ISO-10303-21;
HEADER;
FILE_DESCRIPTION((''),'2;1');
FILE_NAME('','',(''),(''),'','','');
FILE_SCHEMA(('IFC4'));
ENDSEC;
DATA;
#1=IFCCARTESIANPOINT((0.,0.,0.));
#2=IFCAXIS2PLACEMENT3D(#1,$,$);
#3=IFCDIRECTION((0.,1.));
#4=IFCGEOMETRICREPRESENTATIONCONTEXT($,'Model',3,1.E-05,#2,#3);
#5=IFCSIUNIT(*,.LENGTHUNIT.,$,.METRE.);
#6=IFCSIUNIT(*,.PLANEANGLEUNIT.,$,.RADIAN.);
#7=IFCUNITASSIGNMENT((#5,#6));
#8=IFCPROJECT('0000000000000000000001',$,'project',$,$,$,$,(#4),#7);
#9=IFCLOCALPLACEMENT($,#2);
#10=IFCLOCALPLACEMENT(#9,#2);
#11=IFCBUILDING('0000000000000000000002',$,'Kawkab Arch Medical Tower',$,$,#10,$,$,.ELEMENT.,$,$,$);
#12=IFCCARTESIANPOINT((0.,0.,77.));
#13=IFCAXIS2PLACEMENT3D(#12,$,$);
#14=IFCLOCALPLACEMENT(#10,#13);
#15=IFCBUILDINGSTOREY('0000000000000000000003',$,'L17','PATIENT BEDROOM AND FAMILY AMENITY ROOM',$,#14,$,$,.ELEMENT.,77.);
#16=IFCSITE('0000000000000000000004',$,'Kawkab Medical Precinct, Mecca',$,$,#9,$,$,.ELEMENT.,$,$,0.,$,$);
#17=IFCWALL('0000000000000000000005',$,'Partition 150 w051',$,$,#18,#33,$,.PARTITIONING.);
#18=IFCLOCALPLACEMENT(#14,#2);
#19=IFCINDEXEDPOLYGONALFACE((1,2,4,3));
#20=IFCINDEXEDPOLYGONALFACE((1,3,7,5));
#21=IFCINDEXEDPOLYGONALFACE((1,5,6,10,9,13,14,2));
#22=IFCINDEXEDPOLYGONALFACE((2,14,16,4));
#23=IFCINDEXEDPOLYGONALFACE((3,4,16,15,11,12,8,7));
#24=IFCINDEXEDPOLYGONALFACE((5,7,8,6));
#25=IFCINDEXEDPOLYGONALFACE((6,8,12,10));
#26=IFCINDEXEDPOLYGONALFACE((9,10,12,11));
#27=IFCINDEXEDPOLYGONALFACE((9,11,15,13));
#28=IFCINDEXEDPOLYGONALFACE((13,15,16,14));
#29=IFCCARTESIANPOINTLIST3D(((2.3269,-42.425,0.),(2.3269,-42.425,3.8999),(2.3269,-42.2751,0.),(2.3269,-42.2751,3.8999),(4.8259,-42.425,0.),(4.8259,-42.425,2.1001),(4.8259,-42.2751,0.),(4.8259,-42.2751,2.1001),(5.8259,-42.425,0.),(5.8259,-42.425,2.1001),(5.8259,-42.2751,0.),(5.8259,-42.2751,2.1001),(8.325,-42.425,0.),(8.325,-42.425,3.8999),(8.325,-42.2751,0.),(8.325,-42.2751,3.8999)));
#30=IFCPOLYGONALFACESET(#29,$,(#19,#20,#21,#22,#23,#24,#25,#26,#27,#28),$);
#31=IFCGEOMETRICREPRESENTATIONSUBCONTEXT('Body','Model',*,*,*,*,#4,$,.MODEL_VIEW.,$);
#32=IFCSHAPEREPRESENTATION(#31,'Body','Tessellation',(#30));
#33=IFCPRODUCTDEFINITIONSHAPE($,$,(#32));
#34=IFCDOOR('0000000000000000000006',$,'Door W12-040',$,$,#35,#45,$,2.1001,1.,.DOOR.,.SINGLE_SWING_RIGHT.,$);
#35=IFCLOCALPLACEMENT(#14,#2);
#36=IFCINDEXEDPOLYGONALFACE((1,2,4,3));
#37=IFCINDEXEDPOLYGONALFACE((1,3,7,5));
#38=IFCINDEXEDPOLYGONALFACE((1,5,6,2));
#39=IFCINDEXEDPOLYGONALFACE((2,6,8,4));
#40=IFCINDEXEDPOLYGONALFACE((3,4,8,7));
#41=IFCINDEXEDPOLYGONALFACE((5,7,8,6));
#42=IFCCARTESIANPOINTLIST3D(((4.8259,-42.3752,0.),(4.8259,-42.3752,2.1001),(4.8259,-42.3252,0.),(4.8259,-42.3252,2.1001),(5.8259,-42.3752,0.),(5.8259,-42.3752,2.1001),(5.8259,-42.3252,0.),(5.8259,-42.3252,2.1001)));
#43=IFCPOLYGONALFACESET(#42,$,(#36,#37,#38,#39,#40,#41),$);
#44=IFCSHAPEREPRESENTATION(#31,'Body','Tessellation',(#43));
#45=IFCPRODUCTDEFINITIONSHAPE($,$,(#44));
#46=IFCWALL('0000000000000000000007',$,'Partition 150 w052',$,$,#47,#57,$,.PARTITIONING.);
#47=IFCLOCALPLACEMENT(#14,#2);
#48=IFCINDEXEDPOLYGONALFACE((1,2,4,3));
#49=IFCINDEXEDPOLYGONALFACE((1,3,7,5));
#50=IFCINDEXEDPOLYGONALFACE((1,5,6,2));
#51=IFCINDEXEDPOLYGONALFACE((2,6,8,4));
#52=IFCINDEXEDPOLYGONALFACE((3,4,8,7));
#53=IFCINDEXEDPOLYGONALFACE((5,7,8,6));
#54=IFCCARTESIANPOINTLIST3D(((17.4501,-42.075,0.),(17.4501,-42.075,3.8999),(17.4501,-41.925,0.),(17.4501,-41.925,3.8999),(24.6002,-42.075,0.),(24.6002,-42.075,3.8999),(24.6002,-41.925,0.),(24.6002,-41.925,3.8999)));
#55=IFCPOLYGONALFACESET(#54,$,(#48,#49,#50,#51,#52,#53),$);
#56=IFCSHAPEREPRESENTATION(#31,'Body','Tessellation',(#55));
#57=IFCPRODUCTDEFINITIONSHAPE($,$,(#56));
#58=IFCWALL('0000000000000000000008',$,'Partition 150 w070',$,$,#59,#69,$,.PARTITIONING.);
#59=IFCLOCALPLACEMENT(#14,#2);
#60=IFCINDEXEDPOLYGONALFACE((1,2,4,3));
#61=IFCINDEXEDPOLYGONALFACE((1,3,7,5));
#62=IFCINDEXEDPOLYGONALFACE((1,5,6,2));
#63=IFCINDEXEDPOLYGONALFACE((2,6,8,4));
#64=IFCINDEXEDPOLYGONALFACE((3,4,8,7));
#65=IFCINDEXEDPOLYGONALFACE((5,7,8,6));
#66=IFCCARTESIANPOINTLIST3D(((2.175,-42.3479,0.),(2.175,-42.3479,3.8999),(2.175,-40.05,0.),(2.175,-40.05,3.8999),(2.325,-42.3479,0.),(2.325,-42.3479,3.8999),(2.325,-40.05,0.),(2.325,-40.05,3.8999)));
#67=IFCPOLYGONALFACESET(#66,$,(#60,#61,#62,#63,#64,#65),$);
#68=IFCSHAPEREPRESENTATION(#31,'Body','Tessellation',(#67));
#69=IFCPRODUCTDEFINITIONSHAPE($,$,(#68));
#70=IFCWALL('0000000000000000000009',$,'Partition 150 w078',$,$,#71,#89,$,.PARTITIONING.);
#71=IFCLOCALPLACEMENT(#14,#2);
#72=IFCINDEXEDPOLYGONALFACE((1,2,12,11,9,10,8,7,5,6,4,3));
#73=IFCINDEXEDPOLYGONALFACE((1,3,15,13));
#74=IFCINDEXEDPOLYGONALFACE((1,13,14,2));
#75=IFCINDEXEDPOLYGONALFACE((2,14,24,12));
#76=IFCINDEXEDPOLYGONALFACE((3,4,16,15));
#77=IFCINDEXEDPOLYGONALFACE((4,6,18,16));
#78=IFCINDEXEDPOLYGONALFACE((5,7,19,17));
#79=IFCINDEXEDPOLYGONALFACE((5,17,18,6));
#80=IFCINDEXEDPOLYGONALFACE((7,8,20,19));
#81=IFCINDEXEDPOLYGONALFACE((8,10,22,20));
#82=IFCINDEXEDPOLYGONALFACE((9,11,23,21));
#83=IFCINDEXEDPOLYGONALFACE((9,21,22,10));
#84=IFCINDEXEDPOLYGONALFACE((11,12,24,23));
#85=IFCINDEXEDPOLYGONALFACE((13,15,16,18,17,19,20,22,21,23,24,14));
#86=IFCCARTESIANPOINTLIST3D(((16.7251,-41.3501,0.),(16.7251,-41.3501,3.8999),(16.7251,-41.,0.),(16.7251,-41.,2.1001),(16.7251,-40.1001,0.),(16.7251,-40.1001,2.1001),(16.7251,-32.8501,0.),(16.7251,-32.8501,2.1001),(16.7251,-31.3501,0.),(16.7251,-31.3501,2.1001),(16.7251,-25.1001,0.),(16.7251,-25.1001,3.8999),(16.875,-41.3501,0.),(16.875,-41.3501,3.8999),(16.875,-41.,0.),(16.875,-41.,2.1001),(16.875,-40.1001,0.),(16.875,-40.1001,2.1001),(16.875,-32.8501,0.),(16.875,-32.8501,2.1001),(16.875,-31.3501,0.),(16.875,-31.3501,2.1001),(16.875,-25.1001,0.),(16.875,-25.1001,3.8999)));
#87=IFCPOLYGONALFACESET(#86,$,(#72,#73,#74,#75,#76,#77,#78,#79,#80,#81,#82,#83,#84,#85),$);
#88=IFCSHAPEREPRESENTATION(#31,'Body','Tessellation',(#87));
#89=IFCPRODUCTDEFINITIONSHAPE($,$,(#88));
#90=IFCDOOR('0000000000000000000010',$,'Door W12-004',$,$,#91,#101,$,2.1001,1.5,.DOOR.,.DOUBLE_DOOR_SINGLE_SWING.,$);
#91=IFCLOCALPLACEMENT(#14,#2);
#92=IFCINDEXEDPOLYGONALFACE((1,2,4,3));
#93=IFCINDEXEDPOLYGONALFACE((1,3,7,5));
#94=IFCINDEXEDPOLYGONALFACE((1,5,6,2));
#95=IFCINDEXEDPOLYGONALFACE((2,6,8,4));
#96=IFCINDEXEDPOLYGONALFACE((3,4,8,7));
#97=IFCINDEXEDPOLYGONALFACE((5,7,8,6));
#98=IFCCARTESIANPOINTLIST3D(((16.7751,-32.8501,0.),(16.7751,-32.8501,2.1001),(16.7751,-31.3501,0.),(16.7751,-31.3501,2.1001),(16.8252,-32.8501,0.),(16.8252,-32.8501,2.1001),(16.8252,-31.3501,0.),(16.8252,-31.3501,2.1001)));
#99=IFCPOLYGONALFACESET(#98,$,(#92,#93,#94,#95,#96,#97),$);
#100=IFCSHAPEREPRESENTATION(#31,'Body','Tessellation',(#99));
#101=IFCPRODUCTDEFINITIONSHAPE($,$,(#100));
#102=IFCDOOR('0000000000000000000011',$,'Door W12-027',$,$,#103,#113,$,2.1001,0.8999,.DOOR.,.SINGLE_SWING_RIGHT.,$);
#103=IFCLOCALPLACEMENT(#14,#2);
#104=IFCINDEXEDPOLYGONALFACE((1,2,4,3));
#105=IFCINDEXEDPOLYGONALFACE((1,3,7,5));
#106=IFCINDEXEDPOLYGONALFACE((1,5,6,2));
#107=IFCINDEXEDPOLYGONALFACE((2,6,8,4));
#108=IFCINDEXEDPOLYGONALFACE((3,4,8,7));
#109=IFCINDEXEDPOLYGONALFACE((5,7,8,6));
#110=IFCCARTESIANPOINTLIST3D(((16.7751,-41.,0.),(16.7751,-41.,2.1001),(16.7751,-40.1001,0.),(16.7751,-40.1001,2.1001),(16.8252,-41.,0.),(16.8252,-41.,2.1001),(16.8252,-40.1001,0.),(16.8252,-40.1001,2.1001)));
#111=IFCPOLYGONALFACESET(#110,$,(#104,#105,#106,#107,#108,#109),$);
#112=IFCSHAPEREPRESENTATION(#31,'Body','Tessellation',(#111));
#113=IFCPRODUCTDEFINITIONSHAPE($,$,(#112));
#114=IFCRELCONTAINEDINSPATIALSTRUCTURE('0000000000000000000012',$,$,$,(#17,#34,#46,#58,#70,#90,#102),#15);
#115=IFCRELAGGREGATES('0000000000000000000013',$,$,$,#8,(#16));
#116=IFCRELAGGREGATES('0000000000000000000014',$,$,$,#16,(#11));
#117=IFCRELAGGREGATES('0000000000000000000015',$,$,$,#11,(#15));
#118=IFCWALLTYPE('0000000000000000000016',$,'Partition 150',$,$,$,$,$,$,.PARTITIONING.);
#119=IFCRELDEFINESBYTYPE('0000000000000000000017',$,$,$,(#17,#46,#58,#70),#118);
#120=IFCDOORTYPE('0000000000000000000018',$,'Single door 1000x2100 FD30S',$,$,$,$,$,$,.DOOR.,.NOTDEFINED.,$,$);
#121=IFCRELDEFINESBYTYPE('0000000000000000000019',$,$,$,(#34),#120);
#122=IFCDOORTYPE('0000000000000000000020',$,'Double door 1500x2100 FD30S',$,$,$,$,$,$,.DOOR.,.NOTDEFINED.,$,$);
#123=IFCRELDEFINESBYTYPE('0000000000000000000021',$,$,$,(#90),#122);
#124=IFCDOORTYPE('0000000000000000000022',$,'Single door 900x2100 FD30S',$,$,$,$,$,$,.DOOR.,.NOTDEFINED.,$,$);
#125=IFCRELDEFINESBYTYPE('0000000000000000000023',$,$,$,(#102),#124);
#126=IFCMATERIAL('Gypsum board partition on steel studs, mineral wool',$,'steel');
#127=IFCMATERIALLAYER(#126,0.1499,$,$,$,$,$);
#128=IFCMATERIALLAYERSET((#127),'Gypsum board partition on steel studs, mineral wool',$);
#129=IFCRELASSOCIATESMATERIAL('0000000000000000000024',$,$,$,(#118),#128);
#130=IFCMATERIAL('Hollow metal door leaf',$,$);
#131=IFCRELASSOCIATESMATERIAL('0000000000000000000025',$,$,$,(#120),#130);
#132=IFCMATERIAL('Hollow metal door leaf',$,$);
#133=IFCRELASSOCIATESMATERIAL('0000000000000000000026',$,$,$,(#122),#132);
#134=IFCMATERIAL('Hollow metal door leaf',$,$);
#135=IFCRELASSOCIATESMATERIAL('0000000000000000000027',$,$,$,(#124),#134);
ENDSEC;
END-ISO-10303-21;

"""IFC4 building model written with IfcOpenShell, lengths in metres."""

from ifc_helpers import new_model, si_unit, direction, frame, frame_2d, origin, place, context, subcontext, project, spatial, rectangle, extrude, material, layer, layer_set, type_object, element, fill, save


model = new_model("IFC4")

# Units and contexts
model_context = context("Model", 3, precision=1e-05, world=origin(), true_north=direction((0.0, 1.0)))
body_context = subcontext(model_context, "Body", "Model", "MODEL_VIEW")
ifc_project = project(units=[si_unit("LENGTHUNIT", "METRE"), si_unit("PLANEANGLEUNIT", "RADIAN")], contexts=[model_context])

# Site, building, storey
site_placement = place(None, origin())
site = spatial("IfcSite", under=ifc_project, at=site_placement, Name="Kawkab Medical Precinct, Mecca", CompositionType="ELEMENT", RefElevation=0.0)
building_placement = place(site_placement, origin())
building = spatial("IfcBuilding", under=site, at=building_placement, Name="Kawkab Arch Medical Tower", CompositionType="ELEMENT")
storey_placement = place(building_placement, frame((0.0, 0.0, 77.0)))
storey = spatial("IfcBuildingStorey", under=building, at=storey_placement, Name="L17", Description="PATIENT BEDROOM AND FAMILY AMENITY ROOM", CompositionType="ELEMENT", Elevation=77.0)

# Shared definitions
ifc_material_1 = material(Name="Gypsum board partition on steel studs, mineral wool", Category="steel")
ifc_layer_1 = layer(ifc_material_1, 0.1499)
ifc_layer_set_1 = layer_set([ifc_layer_1], Name="Gypsum board partition on steel studs, mineral wool")
wall_type_1 = type_object("IfcWallType", Name="Partition 150", PredefinedType="PARTITIONING", material=ifc_layer_set_1)

# Wall, opening, door
wall_1_placement = place(storey_placement, frame((2.3269, -42.3501, 0.0), z_axis=(0.0, 0.0, 1.0), x_axis=(1.0, 0.0, 0.0)))
wall_1 = element("IfcWall", 1, at=wall_1_placement, inside=storey, type_object=wall_type_1, Name="Partition 150 w051", PredefinedType="PARTITIONING", context=body_context, shape_type="SweptSolid", body=[
    extrude(rectangle(XDim=5.998, YDim=0.1499, at=frame_2d((2.999, 0.0))), origin(), (0.0, 0.0, 1.0), 3.8999),
])
opening_1_placement = place(wall_1_placement, frame((2.499, 0.0, 0.0)))
opening_1 = element("IfcOpeningElement", 2, at=opening_1_placement, cuts=wall_1, PredefinedType="OPENING", context=body_context, shape_type="SweptSolid", body=[
    extrude(rectangle(XDim=1.0, YDim=2.1001, at=frame_2d((0.5, 1.05))), frame((0.0, 0.085, 0.0), z_axis=(0.0, -1.0, 0.0), x_axis=(1.0, 0.0, 0.0)), (0.0, 0.0, 1.0), 0.1699),
])
ifc_material_2 = material(Name="Hollow metal door leaf")
door_type_1 = type_object("IfcDoorType", Name="Single door 1000x2100 FD30S", OperationType="NOTDEFINED", PredefinedType="DOOR", material=ifc_material_2)
door_1_placement = place(opening_1_placement, origin())
door_1 = element("IfcDoor", 3, at=door_1_placement, inside=storey, type_object=door_type_1, Name="Door W12-040", OperationType="SINGLE_SWING_RIGHT", OverallHeight=2.1001, OverallWidth=1.0, PredefinedType="DOOR", context=body_context, shape_type="SweptSolid", body=[
    extrude(rectangle(XDim=1.0, YDim=2.1001, at=frame_2d((0.5, 1.05))), frame((0.0, 0.0249, 0.0), z_axis=(0.0, -1.0, 0.0), x_axis=(1.0, 0.0, 0.0)), (0.0, 0.0, 1.0), 0.05),
])
fill(opening_1, door_1)

# Walls
wall_2_placement = place(storey_placement, frame((17.45, -42.0, 0.0), z_axis=(0.0, 0.0, 1.0), x_axis=(1.0, 0.0, 0.0)))
element("IfcWall", 4, at=wall_2_placement, inside=storey, type_object=wall_type_1, Name="Partition 150 w052", PredefinedType="PARTITIONING", context=body_context, shape_type="SweptSolid", body=[
    extrude(rectangle(XDim=7.1501, YDim=0.1499, at=frame_2d((3.5752, 0.0))), origin(), (0.0, 0.0, 1.0), 3.8999),
])
wall_3_placement = place(storey_placement, frame((2.25, -42.3479, 0.0), z_axis=(0.0, 0.0, 1.0), x_axis=(0.0, 1.0, 0.0)))
element("IfcWall", 5, at=wall_3_placement, inside=storey, type_object=wall_type_1, Name="Partition 150 w070", PredefinedType="PARTITIONING", context=body_context, shape_type="SweptSolid", body=[
    extrude(rectangle(XDim=2.2979, YDim=0.1499, at=frame_2d((1.1489, 0.0))), origin(), (0.0, 0.0, 1.0), 3.8999),
])

# Wall, openings, doors
wall_4_placement = place(storey_placement, frame((16.8, -41.3501, 0.0), z_axis=(0.0, 0.0, 1.0), x_axis=(0.0, 1.0, 0.0)))
wall_4 = element("IfcWall", 6, at=wall_4_placement, inside=storey, type_object=wall_type_1, Name="Partition 150 w078", PredefinedType="PARTITIONING", context=body_context, shape_type="SweptSolid", body=[
    extrude(rectangle(XDim=16.25, YDim=0.1499, at=frame_2d((8.125, 0.0))), origin(), (0.0, 0.0, 1.0), 3.8999),
])
opening_2_placement = place(wall_4_placement, frame((8.5, 0.0, 0.0)))
opening_2 = element("IfcOpeningElement", 7, at=opening_2_placement, cuts=wall_4, PredefinedType="OPENING", context=body_context, shape_type="SweptSolid", body=[
    extrude(rectangle(XDim=1.5, YDim=2.1001, at=frame_2d((0.75, 1.05))), frame((0.0, 0.085, 0.0), z_axis=(0.0, -1.0, 0.0), x_axis=(1.0, 0.0, 0.0)), (0.0, 0.0, 1.0), 0.1699),
])
opening_3_placement = place(wall_4_placement, frame((0.3501, 0.0, 0.0)))
opening_3 = element("IfcOpeningElement", 8, at=opening_3_placement, cuts=wall_4, PredefinedType="OPENING", context=body_context, shape_type="SweptSolid", body=[
    extrude(rectangle(XDim=0.8999, YDim=2.1001, at=frame_2d((0.45, 1.05))), frame((0.0, 0.085, 0.0), z_axis=(0.0, -1.0, 0.0), x_axis=(1.0, 0.0, 0.0)), (0.0, 0.0, 1.0), 0.1699),
])
ifc_material_3 = material(Name="Hollow metal door leaf")
door_type_2 = type_object("IfcDoorType", Name="Double door 1500x2100 FD30S", OperationType="NOTDEFINED", PredefinedType="DOOR", material=ifc_material_3)
door_2_placement = place(opening_2_placement, origin())
door_2 = element("IfcDoor", 9, at=door_2_placement, inside=storey, type_object=door_type_2, Name="Door W12-004", OperationType="DOUBLE_DOOR_SINGLE_SWING", OverallHeight=2.1001, OverallWidth=1.5, PredefinedType="DOOR", context=body_context, shape_type="SweptSolid", body=[
    extrude(rectangle(XDim=1.5, YDim=2.1001, at=frame_2d((0.75, 1.05))), frame((0.0, 0.0249, 0.0), z_axis=(0.0, -1.0, 0.0), x_axis=(1.0, 0.0, 0.0)), (0.0, 0.0, 1.0), 0.05),
])
fill(opening_2, door_2)
ifc_material_4 = material(Name="Hollow metal door leaf")
door_type_3 = type_object("IfcDoorType", Name="Single door 900x2100 FD30S", OperationType="NOTDEFINED", PredefinedType="DOOR", material=ifc_material_4)
door_3_placement = place(opening_3_placement, origin())
door_3 = element("IfcDoor", 10, at=door_3_placement, inside=storey, type_object=door_type_3, Name="Door W12-027", OperationType="SINGLE_SWING_RIGHT", OverallHeight=2.1001, OverallWidth=0.8999, PredefinedType="DOOR", context=body_context, shape_type="SweptSolid", body=[
    extrude(rectangle(XDim=0.8999, YDim=2.1001, at=frame_2d((0.45, 1.05))), frame((0.0, 0.0249, 0.0), z_axis=(0.0, -1.0, 0.0), x_axis=(1.0, 0.0, 0.0)), (0.0, 0.0, 1.0), 0.05),
])
fill(opening_3, door_3)

save(model, "model.ifc")
